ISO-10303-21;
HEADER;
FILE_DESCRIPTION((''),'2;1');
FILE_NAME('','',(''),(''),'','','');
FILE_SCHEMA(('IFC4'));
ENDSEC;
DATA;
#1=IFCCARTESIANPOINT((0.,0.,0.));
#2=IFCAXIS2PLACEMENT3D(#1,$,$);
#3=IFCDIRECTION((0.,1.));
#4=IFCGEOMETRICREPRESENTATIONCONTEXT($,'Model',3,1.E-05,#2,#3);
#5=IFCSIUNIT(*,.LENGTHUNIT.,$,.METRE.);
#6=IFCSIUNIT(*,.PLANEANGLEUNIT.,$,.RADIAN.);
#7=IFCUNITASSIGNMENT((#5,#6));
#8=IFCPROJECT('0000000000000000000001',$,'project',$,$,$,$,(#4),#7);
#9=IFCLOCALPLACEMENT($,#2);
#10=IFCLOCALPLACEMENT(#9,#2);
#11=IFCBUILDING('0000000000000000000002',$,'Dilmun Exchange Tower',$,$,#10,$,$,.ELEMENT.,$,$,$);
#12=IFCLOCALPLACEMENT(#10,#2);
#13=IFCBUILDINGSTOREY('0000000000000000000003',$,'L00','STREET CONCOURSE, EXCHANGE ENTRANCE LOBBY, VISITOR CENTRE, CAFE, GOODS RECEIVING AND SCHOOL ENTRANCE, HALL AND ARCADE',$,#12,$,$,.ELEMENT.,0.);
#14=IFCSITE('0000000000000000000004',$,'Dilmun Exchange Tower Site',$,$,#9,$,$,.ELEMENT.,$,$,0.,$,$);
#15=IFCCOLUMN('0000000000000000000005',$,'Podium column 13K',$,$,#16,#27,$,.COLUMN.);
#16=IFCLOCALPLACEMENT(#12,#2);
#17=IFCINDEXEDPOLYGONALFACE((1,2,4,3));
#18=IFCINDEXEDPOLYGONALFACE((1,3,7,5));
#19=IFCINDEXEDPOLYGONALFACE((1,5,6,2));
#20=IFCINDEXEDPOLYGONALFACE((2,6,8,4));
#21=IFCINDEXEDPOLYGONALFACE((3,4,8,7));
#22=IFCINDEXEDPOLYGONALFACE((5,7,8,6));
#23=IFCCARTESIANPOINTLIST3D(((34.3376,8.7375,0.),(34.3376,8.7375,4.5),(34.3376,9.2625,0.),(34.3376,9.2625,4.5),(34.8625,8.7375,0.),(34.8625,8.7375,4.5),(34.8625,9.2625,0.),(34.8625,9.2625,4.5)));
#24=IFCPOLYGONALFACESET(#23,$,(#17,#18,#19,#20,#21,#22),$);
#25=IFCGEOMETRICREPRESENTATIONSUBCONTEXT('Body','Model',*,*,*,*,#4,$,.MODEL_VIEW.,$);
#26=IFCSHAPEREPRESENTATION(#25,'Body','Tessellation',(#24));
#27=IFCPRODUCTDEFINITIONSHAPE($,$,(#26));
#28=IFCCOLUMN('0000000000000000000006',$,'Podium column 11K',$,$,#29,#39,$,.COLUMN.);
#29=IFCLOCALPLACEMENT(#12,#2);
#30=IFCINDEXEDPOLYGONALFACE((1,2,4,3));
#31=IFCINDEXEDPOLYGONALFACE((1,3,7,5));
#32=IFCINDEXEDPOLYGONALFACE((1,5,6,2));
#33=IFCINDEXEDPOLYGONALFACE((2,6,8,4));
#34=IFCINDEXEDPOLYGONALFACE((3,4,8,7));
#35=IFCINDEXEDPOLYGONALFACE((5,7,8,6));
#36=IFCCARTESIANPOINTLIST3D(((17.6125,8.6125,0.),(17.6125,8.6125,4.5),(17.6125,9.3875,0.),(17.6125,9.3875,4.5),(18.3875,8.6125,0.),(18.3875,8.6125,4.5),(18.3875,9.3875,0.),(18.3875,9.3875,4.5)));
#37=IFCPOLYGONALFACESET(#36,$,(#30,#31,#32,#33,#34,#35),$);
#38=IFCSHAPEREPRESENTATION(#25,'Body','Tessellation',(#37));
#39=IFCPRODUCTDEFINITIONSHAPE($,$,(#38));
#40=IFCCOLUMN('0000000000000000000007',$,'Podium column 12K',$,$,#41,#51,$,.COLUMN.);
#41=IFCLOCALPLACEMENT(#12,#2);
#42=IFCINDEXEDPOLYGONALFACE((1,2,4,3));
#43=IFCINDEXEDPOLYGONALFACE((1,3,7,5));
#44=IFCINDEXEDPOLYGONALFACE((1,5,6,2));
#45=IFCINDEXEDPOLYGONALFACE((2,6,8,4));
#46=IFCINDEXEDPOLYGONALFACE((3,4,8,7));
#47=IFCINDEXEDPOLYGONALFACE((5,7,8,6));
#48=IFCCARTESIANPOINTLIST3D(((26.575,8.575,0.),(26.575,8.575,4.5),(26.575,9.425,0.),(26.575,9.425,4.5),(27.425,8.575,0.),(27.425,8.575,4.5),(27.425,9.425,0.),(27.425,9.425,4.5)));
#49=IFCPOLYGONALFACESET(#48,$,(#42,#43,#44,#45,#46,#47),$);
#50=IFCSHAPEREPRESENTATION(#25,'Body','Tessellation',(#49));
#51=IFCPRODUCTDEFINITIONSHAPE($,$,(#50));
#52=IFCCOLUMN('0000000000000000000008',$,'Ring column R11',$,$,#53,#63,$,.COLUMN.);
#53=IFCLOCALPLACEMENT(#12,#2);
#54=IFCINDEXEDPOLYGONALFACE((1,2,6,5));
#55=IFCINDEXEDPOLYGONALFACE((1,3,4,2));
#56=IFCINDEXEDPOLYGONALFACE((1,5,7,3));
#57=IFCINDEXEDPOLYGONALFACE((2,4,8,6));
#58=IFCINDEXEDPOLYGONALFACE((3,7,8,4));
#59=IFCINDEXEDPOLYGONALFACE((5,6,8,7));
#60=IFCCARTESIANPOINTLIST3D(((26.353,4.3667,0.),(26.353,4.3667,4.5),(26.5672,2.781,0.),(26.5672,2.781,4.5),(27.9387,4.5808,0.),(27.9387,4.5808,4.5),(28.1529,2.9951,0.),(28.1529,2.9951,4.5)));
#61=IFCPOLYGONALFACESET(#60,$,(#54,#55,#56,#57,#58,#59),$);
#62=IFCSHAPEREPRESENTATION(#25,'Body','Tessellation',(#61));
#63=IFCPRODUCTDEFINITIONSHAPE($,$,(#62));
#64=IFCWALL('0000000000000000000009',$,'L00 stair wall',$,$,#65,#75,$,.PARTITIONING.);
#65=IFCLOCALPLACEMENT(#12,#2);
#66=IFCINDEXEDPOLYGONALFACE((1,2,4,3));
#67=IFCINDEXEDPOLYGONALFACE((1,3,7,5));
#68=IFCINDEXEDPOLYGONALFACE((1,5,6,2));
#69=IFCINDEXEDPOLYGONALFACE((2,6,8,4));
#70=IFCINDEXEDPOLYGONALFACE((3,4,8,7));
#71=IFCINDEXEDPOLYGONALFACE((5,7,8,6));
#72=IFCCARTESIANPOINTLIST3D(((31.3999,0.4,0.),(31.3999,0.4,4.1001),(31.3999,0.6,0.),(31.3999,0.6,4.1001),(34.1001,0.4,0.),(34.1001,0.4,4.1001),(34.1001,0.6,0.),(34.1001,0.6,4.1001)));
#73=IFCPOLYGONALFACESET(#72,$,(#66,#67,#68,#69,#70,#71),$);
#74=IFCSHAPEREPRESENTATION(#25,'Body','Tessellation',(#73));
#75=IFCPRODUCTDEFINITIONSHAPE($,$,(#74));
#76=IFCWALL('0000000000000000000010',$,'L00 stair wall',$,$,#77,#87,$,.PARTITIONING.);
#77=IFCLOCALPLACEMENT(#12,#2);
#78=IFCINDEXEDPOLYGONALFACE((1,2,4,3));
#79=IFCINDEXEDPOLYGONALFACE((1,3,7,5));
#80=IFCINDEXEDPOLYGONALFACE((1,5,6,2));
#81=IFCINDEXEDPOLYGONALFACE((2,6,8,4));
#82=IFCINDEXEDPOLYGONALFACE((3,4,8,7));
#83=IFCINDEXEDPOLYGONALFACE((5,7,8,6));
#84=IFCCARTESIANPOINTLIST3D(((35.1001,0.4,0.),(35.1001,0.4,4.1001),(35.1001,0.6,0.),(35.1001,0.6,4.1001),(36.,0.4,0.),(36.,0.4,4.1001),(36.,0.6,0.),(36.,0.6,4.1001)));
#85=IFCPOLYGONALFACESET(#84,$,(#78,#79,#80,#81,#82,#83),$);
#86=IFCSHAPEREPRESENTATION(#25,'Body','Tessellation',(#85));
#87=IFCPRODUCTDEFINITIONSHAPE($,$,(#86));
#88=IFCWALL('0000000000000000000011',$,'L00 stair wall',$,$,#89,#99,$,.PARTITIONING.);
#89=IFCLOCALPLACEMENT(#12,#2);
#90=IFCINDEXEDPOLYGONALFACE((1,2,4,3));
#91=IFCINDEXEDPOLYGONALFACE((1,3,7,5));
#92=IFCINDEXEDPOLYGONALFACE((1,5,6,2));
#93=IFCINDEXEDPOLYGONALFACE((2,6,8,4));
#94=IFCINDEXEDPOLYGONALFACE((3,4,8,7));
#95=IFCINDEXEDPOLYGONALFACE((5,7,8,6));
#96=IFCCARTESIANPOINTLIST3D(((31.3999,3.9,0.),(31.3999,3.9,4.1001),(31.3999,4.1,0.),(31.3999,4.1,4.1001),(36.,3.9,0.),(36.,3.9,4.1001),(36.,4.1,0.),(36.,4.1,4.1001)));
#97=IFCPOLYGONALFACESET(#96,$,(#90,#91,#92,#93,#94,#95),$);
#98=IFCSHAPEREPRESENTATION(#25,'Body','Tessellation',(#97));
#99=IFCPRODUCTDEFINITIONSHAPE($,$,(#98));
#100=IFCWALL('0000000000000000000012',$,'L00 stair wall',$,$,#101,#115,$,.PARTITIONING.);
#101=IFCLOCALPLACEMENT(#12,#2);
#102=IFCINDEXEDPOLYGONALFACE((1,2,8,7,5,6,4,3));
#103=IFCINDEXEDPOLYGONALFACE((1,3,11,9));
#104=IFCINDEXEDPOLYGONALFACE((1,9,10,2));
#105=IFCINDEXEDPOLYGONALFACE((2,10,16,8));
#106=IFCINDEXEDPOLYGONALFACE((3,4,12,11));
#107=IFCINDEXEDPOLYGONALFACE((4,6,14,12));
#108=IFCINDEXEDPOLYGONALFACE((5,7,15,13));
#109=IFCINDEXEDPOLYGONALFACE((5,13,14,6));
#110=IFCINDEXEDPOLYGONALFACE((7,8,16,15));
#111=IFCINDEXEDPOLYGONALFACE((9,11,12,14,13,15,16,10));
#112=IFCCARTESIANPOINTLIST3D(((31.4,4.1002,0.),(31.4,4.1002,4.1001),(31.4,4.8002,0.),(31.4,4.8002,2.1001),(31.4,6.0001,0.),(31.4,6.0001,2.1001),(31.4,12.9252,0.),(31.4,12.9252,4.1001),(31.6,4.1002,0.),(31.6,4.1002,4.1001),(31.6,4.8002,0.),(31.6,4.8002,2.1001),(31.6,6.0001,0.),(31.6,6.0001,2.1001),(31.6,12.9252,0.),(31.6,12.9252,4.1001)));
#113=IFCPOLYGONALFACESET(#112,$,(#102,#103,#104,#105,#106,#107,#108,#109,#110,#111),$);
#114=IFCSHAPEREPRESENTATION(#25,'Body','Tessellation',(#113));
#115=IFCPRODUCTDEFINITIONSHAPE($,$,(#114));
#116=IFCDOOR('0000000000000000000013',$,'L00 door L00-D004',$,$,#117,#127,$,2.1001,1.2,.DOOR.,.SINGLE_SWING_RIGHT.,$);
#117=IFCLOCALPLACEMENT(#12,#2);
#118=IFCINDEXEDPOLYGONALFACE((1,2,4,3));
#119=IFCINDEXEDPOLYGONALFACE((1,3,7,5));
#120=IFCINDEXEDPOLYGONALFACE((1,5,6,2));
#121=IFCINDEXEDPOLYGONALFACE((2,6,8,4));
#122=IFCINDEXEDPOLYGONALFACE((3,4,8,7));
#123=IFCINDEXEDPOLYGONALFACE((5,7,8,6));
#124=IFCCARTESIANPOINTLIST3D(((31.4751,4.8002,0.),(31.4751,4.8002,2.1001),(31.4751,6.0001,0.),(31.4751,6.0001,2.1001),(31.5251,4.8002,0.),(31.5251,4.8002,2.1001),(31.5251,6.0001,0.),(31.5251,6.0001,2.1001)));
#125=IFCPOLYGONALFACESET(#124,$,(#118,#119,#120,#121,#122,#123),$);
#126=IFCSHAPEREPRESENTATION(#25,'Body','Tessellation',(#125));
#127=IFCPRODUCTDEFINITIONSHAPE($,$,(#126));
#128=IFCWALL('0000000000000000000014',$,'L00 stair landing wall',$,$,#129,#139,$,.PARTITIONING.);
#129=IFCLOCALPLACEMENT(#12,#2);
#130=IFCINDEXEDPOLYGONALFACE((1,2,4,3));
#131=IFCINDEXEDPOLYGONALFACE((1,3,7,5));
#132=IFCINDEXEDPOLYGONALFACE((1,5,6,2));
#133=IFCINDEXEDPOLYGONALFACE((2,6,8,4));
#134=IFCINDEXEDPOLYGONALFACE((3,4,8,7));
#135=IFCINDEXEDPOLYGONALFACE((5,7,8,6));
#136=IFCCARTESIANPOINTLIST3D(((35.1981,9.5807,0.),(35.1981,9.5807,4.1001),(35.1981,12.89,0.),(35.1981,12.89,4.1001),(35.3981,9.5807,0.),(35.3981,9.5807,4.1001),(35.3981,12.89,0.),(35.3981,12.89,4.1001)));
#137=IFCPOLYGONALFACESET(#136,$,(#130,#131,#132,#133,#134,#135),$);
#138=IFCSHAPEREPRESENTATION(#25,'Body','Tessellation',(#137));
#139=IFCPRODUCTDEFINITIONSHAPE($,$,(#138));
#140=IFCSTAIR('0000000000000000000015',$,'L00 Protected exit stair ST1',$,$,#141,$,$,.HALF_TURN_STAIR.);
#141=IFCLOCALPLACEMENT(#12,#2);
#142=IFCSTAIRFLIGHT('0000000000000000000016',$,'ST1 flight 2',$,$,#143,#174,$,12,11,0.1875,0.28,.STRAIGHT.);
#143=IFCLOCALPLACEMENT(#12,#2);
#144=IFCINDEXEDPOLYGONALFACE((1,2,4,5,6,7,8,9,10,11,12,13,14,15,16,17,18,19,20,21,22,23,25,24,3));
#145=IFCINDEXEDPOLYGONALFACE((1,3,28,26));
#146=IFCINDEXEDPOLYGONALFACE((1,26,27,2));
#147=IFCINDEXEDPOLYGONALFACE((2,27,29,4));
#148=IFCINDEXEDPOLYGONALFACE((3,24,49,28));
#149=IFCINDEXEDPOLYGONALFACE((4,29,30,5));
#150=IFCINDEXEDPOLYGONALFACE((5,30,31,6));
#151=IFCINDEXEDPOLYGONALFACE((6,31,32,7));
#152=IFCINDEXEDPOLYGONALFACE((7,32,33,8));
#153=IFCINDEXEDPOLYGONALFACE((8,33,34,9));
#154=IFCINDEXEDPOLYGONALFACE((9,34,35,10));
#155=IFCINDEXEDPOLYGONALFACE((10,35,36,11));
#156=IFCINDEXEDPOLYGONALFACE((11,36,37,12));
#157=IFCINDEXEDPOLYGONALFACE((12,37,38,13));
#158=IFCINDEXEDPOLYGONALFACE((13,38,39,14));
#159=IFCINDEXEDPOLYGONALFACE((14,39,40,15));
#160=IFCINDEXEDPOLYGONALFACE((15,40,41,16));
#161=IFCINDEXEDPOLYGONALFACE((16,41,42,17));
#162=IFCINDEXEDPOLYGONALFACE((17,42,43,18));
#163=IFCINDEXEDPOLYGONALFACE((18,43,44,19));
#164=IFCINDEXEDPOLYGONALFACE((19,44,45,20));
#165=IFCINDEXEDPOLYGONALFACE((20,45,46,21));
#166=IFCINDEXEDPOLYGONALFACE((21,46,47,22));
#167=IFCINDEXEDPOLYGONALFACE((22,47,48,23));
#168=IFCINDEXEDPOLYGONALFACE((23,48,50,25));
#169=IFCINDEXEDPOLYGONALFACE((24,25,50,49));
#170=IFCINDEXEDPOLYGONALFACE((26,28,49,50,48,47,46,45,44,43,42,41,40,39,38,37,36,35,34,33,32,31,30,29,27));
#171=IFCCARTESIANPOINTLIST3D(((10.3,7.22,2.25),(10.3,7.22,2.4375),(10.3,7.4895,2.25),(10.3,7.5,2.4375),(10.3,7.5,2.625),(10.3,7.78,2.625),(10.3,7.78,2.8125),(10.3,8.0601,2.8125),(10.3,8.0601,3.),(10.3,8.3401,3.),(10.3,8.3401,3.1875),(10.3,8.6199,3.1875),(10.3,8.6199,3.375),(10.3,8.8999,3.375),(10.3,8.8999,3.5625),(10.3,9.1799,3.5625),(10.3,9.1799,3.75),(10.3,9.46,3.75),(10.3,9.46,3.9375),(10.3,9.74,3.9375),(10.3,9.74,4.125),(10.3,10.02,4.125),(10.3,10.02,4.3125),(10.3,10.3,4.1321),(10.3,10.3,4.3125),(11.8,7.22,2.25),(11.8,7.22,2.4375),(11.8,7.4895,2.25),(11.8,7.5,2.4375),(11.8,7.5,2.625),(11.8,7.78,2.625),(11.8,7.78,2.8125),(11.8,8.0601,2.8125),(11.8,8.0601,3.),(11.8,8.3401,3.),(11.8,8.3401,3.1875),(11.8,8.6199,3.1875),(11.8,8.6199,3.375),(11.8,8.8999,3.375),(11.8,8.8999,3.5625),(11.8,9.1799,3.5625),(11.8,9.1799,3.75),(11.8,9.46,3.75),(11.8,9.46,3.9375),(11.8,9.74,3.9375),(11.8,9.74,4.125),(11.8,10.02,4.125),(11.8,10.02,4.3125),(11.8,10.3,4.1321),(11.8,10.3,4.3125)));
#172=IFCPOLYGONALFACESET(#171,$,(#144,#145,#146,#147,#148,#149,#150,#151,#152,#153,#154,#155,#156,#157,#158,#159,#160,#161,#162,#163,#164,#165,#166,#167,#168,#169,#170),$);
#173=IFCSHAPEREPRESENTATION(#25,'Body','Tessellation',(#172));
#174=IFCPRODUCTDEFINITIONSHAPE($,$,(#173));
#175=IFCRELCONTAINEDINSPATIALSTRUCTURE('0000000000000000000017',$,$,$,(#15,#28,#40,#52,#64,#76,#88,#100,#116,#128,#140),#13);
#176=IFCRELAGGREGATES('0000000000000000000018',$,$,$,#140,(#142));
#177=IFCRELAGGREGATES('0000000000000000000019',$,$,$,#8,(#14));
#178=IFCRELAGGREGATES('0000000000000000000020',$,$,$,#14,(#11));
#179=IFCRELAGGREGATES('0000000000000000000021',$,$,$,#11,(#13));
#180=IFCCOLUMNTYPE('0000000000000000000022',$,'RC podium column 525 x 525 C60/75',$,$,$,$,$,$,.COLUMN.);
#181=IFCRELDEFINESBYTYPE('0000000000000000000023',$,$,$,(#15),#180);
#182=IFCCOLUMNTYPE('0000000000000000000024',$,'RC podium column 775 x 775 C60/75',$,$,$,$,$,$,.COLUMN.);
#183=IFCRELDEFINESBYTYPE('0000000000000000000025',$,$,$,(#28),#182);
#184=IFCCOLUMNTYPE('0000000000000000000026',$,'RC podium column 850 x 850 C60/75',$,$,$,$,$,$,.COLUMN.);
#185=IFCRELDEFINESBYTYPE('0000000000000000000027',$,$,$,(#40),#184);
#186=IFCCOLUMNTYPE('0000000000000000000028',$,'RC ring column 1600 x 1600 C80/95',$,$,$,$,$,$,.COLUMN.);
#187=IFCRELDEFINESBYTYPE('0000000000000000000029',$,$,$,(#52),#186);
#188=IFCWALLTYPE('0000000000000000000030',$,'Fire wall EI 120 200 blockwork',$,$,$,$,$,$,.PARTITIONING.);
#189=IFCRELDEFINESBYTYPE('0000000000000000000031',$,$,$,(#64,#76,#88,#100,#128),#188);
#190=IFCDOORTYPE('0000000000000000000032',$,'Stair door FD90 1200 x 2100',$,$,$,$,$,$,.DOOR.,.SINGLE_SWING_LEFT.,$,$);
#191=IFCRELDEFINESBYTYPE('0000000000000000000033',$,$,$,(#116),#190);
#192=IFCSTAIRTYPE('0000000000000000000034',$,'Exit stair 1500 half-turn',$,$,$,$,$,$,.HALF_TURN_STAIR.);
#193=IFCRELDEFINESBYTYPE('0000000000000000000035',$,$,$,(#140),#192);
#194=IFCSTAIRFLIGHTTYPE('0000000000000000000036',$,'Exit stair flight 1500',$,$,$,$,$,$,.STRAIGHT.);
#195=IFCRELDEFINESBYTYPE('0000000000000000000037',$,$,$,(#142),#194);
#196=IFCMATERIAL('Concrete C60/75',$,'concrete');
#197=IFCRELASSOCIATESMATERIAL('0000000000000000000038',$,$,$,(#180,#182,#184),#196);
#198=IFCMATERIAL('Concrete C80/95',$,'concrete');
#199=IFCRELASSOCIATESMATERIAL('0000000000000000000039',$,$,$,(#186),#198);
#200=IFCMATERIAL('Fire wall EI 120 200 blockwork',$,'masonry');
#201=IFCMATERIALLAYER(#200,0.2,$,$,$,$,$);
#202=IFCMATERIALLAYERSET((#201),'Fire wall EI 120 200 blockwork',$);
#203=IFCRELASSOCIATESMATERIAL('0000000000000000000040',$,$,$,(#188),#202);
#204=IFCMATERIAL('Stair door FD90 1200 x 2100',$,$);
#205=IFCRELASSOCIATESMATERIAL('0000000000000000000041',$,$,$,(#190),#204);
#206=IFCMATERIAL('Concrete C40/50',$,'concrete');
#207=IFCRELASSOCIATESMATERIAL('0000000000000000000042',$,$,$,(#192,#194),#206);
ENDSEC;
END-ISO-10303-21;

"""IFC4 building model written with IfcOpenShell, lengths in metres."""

from ifc_helpers import new_model, si_unit, direction, frame, frame_2d, origin, origin_2d, place, context, subcontext, project, spatial, polyline, rectangle, outline, extrude, material, layer, layer_set, material_profile, profile_set, type_object, element, fill, aggregate, save


model = new_model("IFC4")

# Units and contexts
model_context = context("Model", 3, precision=1e-05, world=origin(), true_north=direction((0.0, 1.0)))
body_context = subcontext(model_context, "Body", "Model", "MODEL_VIEW")
ifc_project = project(units=[si_unit("LENGTHUNIT", "METRE"), si_unit("PLANEANGLEUNIT", "RADIAN")], contexts=[model_context])

# Site, building, storey
site_placement = place(None, origin())
site = spatial("IfcSite", under=ifc_project, at=site_placement, Name="Dilmun Exchange Tower Site", CompositionType="ELEMENT", RefElevation=0.0)
building_placement = place(site_placement, origin())
building = spatial("IfcBuilding", under=site, at=building_placement, Name="Dilmun Exchange Tower", CompositionType="ELEMENT")
storey_placement = place(building_placement, origin())
storey = spatial("IfcBuildingStorey", under=building, at=storey_placement, Name="L00", Description="STREET CONCOURSE, EXCHANGE ENTRANCE LOBBY, VISITOR CENTRE, CAFE, GOODS RECEIVING AND SCHOOL ENTRANCE, HALL AND ARCADE", CompositionType="ELEMENT", Elevation=0.0)

# Columns
ifc_material_1 = material(Name="Concrete C60/75", Category="concrete")
ifc_material_profile_1 = material_profile(ifc_material_1, rectangle(XDim=0.5249, YDim=0.5249, at=origin_2d()), Name="525 x 525")
ifc_profile_set_1 = profile_set([ifc_material_profile_1], Name="Concrete C60/75")
column_type_1 = type_object("IfcColumnType", Name="RC podium column 525 x 525 C60/75", PredefinedType="COLUMN", material=ifc_profile_set_1)
column_1_placement = place(storey_placement, frame((34.6001, 9.0, 0.0), z_axis=(0.0, 0.0, 1.0), x_axis=(1.0, 0.0, 0.0)))
element("IfcColumn", 1, at=column_1_placement, inside=storey, type_object=column_type_1, Name="Podium column 13K", PredefinedType="COLUMN", context=body_context, shape_type="SweptSolid", body=[
    extrude(rectangle(XDim=0.5249, YDim=0.5249, at=origin_2d()), origin(), (0.0, 0.0, 1.0), 4.5),
])
ifc_material_profile_2 = material_profile(ifc_material_1, rectangle(XDim=0.7749, YDim=0.7749, at=origin_2d()), Name="775 x 775")
ifc_profile_set_2 = profile_set([ifc_material_profile_2], Name="Concrete C60/75")
column_type_2 = type_object("IfcColumnType", Name="RC podium column 775 x 775 C60/75", PredefinedType="COLUMN", material=ifc_profile_set_2)
column_2_placement = place(storey_placement, frame((18.0, 9.0, 0.0), z_axis=(0.0, 0.0, 1.0), x_axis=(1.0, 0.0, 0.0)))
element("IfcColumn", 2, at=column_2_placement, inside=storey, type_object=column_type_2, Name="Podium column 11K", PredefinedType="COLUMN", context=body_context, shape_type="SweptSolid", body=[
    extrude(rectangle(XDim=0.7749, YDim=0.7749, at=origin_2d()), origin(), (0.0, 0.0, 1.0), 4.5),
])
ifc_material_profile_3 = material_profile(ifc_material_1, rectangle(XDim=0.8501, YDim=0.8501, at=origin_2d()), Name="850 x 850")
ifc_profile_set_3 = profile_set([ifc_material_profile_3], Name="Concrete C60/75")
column_type_3 = type_object("IfcColumnType", Name="RC podium column 850 x 850 C60/75", PredefinedType="COLUMN", material=ifc_profile_set_3)
column_3_placement = place(storey_placement, frame((27.0, 9.0, 0.0), z_axis=(0.0, 0.0, 1.0), x_axis=(1.0, 0.0, 0.0)))
element("IfcColumn", 3, at=column_3_placement, inside=storey, type_object=column_type_3, Name="Podium column 12K", PredefinedType="COLUMN", context=body_context, shape_type="SweptSolid", body=[
    extrude(rectangle(XDim=0.8501, YDim=0.8501, at=origin_2d()), origin(), (0.0, 0.0, 1.0), 4.5),
])
ifc_material_2 = material(Name="Concrete C80/95", Category="concrete")
ifc_material_profile_4 = material_profile(ifc_material_2, rectangle(XDim=1.6001, YDim=1.6001, at=origin_2d()), Name="1600 x 1600")
ifc_profile_set_4 = profile_set([ifc_material_profile_4], Name="Concrete C80/95")
column_type_4 = type_object("IfcColumnType", Name="RC ring column 1600 x 1600 C80/95", PredefinedType="COLUMN", material=ifc_profile_set_4)
column_4_placement = place(storey_placement, frame((27.2529, 3.6809, 0.0), z_axis=(0.0, 0.0, 1.0), x_axis=(0.991001, 0.133853, 0.0)))
element("IfcColumn", 4, at=column_4_placement, inside=storey, type_object=column_type_4, Name="Ring column R11", PredefinedType="COLUMN", context=body_context, shape_type="SweptSolid", body=[
    extrude(rectangle(XDim=1.6001, YDim=1.6001, at=origin_2d()), origin(), (0.0, 0.0, 1.0), 4.5),
])

# Walls
ifc_material_3 = material(Name="Fire wall EI 120 200 blockwork", Category="masonry")
ifc_layer = layer(ifc_material_3, 0.2)
ifc_layer_set = layer_set([ifc_layer], Name="Fire wall EI 120 200 blockwork")
wall_type = type_object("IfcWallType", Name="Fire wall EI 120 200 blockwork", PredefinedType="PARTITIONING", material=ifc_layer_set)
wall_1_placement = place(storey_placement, frame((31.3999, 0.5, 0.0), z_axis=(0.0, 0.0, 1.0), x_axis=(1.0, 0.0, 0.0)))
element("IfcWall", 5, at=wall_1_placement, inside=storey, type_object=wall_type, Name="L00 stair wall", PredefinedType="PARTITIONING", context=body_context, shape_type="SweptSolid", body=[
    extrude(rectangle(XDim=2.7002, YDim=0.2, at=frame_2d((1.3501, 0.0))), origin(), (0.0, 0.0, 1.0), 4.1001),
])
wall_2_placement = place(storey_placement, frame((35.1001, 0.5, 0.0), z_axis=(0.0, 0.0, 1.0), x_axis=(1.0, 0.0, 0.0)))
element("IfcWall", 6, at=wall_2_placement, inside=storey, type_object=wall_type, Name="L00 stair wall", PredefinedType="PARTITIONING", context=body_context, shape_type="SweptSolid", body=[
    extrude(rectangle(XDim=0.8999, YDim=0.2, at=frame_2d((0.45, 0.0))), origin(), (0.0, 0.0, 1.0), 4.1001),
])
wall_3_placement = place(storey_placement, frame((31.3999, 4.0, 0.0), z_axis=(0.0, 0.0, 1.0), x_axis=(1.0, 0.0, 0.0)))
element("IfcWall", 7, at=wall_3_placement, inside=storey, type_object=wall_type, Name="L00 stair wall", PredefinedType="PARTITIONING", context=body_context, shape_type="SweptSolid", body=[
    extrude(rectangle(XDim=4.6001, YDim=0.2, at=frame_2d((2.3, 0.0))), origin(), (0.0, 0.0, 1.0), 4.1001),
])

# Wall, opening, door
wall_4_placement = place(storey_placement, frame((31.5, 4.1001, 0.0), z_axis=(0.0, 0.0, 1.0), x_axis=(0.0, 1.0, 0.0)))
wall_4 = element("IfcWall", 8, at=wall_4_placement, inside=storey, type_object=wall_type, Name="L00 stair wall", PredefinedType="PARTITIONING", context=body_context, shape_type="SweptSolid", body=[
    extrude(rectangle(XDim=8.825, YDim=0.2, at=frame_2d((4.4126, 0.0))), origin(), (0.0, 0.0, 1.0), 4.1001),
])
opening_placement = place(wall_4_placement, frame((0.7, 0.0, 0.0)))
opening = element("IfcOpeningElement", 9, at=opening_placement, cuts=wall_4, PredefinedType="OPENING", context=body_context, shape_type="SweptSolid", body=[
    extrude(rectangle(XDim=1.2, YDim=2.1001, at=frame_2d((0.6001, 1.05))), frame((0.0, 0.1099, 0.0), z_axis=(0.0, -1.0, 0.0), x_axis=(1.0, 0.0, 0.0)), (0.0, 0.0, 1.0), 0.22),
])
ifc_material_4 = material(Name="Stair door FD90 1200 x 2100")
door_type = type_object("IfcDoorType", Name="Stair door FD90 1200 x 2100", OperationType="SINGLE_SWING_LEFT", PredefinedType="DOOR", material=ifc_material_4)
door_placement = place(opening_placement, origin())
door = element("IfcDoor", 10, at=door_placement, inside=storey, type_object=door_type, Name="L00 door L00-D004", OperationType="SINGLE_SWING_RIGHT", OverallHeight=2.1001, OverallWidth=1.2, PredefinedType="DOOR", context=body_context, shape_type="SweptSolid", body=[
    extrude(rectangle(XDim=1.2, YDim=2.1001, at=frame_2d((0.6001, 1.05))), frame((0.0, 0.0249, 0.0), z_axis=(0.0, -1.0, 0.0), x_axis=(1.0, 0.0, 0.0)), (0.0, 0.0, 1.0), 0.05),
])
fill(opening, door)

# Wall
wall_5_placement = place(storey_placement, frame((35.2981, 9.5806, 0.0), z_axis=(0.0, 0.0, 1.0), x_axis=(0.0, 1.0, 0.0)))
element("IfcWall", 11, at=wall_5_placement, inside=storey, type_object=wall_type, Name="L00 stair landing wall", PredefinedType="PARTITIONING", context=body_context, shape_type="SweptSolid", body=[
    extrude(rectangle(XDim=3.3093, YDim=0.2, at=frame_2d((1.6548, 0.0))), origin(), (0.0, 0.0, 1.0), 4.1001),
])

# Stair, stair flight
ifc_material_5 = material(Name="Concrete C40/50", Category="concrete")
stair_type_1 = type_object("IfcStairType", Name="Exit stair 1500 half-turn", PredefinedType="HALF_TURN_STAIR", material=ifc_material_5)
stair_1_placement = place(storey_placement, origin())
stair_1 = element("IfcStair", 12, at=stair_1_placement, inside=storey, type_object=stair_type_1, Name="L00 Protected exit stair ST1", PredefinedType="HALF_TURN_STAIR")
stair_flight_type_1 = type_object("IfcStairFlightType", Name="Exit stair flight 1500", PredefinedType="STRAIGHT", material=ifc_material_5)
stair_flight_1_placement = place(storey_placement, frame((11.05, 7.22, 2.25), z_axis=(0.0, 0.0, 1.0), x_axis=(0.0, 1.0, 0.0)))
stair_flight_1 = element("IfcStairFlight", 13, at=stair_flight_1_placement, type_object=stair_flight_type_1, Name="ST1 flight 2", NumberOfRisers=12, NumberOfTreads=11, PredefinedType="STRAIGHT", RiserHeight=0.1875, TreadLength=0.28, context=body_context, shape_type="SweptSolid", body=[
    extrude(outline(polyline([(0.0, 0.0), (0.0, 0.1875), (0.28, 0.1875), (0.28, 0.375), (0.5601, 0.375), (0.5601, 0.5625), (0.8401, 0.5625), (0.8401, 0.75), (1.1201, 0.75), (1.1201, 0.9375), (1.3999, 0.9375), (1.3999, 1.125), (1.6799, 1.125), (1.6799, 1.3125), (1.96, 1.3125), (1.96, 1.5), (2.24, 1.5), (2.24, 1.6875), (2.52, 1.6875), (2.52, 1.875), (2.8, 1.875), (2.8, 2.0625), (3.0801, 2.0625), (3.0801, 2.25), (3.0801, 1.8821), (0.2695, 0.0), (0.0, 0.0)])), frame((0.0, 0.75, 0.0), z_axis=(0.0, -1.0, 0.0), x_axis=(1.0, 0.0, 0.0)), (0.0, 0.0, 1.0), 1.5),
])
aggregate(stair_1, [stair_flight_1])

save(model, "model.ifc")
